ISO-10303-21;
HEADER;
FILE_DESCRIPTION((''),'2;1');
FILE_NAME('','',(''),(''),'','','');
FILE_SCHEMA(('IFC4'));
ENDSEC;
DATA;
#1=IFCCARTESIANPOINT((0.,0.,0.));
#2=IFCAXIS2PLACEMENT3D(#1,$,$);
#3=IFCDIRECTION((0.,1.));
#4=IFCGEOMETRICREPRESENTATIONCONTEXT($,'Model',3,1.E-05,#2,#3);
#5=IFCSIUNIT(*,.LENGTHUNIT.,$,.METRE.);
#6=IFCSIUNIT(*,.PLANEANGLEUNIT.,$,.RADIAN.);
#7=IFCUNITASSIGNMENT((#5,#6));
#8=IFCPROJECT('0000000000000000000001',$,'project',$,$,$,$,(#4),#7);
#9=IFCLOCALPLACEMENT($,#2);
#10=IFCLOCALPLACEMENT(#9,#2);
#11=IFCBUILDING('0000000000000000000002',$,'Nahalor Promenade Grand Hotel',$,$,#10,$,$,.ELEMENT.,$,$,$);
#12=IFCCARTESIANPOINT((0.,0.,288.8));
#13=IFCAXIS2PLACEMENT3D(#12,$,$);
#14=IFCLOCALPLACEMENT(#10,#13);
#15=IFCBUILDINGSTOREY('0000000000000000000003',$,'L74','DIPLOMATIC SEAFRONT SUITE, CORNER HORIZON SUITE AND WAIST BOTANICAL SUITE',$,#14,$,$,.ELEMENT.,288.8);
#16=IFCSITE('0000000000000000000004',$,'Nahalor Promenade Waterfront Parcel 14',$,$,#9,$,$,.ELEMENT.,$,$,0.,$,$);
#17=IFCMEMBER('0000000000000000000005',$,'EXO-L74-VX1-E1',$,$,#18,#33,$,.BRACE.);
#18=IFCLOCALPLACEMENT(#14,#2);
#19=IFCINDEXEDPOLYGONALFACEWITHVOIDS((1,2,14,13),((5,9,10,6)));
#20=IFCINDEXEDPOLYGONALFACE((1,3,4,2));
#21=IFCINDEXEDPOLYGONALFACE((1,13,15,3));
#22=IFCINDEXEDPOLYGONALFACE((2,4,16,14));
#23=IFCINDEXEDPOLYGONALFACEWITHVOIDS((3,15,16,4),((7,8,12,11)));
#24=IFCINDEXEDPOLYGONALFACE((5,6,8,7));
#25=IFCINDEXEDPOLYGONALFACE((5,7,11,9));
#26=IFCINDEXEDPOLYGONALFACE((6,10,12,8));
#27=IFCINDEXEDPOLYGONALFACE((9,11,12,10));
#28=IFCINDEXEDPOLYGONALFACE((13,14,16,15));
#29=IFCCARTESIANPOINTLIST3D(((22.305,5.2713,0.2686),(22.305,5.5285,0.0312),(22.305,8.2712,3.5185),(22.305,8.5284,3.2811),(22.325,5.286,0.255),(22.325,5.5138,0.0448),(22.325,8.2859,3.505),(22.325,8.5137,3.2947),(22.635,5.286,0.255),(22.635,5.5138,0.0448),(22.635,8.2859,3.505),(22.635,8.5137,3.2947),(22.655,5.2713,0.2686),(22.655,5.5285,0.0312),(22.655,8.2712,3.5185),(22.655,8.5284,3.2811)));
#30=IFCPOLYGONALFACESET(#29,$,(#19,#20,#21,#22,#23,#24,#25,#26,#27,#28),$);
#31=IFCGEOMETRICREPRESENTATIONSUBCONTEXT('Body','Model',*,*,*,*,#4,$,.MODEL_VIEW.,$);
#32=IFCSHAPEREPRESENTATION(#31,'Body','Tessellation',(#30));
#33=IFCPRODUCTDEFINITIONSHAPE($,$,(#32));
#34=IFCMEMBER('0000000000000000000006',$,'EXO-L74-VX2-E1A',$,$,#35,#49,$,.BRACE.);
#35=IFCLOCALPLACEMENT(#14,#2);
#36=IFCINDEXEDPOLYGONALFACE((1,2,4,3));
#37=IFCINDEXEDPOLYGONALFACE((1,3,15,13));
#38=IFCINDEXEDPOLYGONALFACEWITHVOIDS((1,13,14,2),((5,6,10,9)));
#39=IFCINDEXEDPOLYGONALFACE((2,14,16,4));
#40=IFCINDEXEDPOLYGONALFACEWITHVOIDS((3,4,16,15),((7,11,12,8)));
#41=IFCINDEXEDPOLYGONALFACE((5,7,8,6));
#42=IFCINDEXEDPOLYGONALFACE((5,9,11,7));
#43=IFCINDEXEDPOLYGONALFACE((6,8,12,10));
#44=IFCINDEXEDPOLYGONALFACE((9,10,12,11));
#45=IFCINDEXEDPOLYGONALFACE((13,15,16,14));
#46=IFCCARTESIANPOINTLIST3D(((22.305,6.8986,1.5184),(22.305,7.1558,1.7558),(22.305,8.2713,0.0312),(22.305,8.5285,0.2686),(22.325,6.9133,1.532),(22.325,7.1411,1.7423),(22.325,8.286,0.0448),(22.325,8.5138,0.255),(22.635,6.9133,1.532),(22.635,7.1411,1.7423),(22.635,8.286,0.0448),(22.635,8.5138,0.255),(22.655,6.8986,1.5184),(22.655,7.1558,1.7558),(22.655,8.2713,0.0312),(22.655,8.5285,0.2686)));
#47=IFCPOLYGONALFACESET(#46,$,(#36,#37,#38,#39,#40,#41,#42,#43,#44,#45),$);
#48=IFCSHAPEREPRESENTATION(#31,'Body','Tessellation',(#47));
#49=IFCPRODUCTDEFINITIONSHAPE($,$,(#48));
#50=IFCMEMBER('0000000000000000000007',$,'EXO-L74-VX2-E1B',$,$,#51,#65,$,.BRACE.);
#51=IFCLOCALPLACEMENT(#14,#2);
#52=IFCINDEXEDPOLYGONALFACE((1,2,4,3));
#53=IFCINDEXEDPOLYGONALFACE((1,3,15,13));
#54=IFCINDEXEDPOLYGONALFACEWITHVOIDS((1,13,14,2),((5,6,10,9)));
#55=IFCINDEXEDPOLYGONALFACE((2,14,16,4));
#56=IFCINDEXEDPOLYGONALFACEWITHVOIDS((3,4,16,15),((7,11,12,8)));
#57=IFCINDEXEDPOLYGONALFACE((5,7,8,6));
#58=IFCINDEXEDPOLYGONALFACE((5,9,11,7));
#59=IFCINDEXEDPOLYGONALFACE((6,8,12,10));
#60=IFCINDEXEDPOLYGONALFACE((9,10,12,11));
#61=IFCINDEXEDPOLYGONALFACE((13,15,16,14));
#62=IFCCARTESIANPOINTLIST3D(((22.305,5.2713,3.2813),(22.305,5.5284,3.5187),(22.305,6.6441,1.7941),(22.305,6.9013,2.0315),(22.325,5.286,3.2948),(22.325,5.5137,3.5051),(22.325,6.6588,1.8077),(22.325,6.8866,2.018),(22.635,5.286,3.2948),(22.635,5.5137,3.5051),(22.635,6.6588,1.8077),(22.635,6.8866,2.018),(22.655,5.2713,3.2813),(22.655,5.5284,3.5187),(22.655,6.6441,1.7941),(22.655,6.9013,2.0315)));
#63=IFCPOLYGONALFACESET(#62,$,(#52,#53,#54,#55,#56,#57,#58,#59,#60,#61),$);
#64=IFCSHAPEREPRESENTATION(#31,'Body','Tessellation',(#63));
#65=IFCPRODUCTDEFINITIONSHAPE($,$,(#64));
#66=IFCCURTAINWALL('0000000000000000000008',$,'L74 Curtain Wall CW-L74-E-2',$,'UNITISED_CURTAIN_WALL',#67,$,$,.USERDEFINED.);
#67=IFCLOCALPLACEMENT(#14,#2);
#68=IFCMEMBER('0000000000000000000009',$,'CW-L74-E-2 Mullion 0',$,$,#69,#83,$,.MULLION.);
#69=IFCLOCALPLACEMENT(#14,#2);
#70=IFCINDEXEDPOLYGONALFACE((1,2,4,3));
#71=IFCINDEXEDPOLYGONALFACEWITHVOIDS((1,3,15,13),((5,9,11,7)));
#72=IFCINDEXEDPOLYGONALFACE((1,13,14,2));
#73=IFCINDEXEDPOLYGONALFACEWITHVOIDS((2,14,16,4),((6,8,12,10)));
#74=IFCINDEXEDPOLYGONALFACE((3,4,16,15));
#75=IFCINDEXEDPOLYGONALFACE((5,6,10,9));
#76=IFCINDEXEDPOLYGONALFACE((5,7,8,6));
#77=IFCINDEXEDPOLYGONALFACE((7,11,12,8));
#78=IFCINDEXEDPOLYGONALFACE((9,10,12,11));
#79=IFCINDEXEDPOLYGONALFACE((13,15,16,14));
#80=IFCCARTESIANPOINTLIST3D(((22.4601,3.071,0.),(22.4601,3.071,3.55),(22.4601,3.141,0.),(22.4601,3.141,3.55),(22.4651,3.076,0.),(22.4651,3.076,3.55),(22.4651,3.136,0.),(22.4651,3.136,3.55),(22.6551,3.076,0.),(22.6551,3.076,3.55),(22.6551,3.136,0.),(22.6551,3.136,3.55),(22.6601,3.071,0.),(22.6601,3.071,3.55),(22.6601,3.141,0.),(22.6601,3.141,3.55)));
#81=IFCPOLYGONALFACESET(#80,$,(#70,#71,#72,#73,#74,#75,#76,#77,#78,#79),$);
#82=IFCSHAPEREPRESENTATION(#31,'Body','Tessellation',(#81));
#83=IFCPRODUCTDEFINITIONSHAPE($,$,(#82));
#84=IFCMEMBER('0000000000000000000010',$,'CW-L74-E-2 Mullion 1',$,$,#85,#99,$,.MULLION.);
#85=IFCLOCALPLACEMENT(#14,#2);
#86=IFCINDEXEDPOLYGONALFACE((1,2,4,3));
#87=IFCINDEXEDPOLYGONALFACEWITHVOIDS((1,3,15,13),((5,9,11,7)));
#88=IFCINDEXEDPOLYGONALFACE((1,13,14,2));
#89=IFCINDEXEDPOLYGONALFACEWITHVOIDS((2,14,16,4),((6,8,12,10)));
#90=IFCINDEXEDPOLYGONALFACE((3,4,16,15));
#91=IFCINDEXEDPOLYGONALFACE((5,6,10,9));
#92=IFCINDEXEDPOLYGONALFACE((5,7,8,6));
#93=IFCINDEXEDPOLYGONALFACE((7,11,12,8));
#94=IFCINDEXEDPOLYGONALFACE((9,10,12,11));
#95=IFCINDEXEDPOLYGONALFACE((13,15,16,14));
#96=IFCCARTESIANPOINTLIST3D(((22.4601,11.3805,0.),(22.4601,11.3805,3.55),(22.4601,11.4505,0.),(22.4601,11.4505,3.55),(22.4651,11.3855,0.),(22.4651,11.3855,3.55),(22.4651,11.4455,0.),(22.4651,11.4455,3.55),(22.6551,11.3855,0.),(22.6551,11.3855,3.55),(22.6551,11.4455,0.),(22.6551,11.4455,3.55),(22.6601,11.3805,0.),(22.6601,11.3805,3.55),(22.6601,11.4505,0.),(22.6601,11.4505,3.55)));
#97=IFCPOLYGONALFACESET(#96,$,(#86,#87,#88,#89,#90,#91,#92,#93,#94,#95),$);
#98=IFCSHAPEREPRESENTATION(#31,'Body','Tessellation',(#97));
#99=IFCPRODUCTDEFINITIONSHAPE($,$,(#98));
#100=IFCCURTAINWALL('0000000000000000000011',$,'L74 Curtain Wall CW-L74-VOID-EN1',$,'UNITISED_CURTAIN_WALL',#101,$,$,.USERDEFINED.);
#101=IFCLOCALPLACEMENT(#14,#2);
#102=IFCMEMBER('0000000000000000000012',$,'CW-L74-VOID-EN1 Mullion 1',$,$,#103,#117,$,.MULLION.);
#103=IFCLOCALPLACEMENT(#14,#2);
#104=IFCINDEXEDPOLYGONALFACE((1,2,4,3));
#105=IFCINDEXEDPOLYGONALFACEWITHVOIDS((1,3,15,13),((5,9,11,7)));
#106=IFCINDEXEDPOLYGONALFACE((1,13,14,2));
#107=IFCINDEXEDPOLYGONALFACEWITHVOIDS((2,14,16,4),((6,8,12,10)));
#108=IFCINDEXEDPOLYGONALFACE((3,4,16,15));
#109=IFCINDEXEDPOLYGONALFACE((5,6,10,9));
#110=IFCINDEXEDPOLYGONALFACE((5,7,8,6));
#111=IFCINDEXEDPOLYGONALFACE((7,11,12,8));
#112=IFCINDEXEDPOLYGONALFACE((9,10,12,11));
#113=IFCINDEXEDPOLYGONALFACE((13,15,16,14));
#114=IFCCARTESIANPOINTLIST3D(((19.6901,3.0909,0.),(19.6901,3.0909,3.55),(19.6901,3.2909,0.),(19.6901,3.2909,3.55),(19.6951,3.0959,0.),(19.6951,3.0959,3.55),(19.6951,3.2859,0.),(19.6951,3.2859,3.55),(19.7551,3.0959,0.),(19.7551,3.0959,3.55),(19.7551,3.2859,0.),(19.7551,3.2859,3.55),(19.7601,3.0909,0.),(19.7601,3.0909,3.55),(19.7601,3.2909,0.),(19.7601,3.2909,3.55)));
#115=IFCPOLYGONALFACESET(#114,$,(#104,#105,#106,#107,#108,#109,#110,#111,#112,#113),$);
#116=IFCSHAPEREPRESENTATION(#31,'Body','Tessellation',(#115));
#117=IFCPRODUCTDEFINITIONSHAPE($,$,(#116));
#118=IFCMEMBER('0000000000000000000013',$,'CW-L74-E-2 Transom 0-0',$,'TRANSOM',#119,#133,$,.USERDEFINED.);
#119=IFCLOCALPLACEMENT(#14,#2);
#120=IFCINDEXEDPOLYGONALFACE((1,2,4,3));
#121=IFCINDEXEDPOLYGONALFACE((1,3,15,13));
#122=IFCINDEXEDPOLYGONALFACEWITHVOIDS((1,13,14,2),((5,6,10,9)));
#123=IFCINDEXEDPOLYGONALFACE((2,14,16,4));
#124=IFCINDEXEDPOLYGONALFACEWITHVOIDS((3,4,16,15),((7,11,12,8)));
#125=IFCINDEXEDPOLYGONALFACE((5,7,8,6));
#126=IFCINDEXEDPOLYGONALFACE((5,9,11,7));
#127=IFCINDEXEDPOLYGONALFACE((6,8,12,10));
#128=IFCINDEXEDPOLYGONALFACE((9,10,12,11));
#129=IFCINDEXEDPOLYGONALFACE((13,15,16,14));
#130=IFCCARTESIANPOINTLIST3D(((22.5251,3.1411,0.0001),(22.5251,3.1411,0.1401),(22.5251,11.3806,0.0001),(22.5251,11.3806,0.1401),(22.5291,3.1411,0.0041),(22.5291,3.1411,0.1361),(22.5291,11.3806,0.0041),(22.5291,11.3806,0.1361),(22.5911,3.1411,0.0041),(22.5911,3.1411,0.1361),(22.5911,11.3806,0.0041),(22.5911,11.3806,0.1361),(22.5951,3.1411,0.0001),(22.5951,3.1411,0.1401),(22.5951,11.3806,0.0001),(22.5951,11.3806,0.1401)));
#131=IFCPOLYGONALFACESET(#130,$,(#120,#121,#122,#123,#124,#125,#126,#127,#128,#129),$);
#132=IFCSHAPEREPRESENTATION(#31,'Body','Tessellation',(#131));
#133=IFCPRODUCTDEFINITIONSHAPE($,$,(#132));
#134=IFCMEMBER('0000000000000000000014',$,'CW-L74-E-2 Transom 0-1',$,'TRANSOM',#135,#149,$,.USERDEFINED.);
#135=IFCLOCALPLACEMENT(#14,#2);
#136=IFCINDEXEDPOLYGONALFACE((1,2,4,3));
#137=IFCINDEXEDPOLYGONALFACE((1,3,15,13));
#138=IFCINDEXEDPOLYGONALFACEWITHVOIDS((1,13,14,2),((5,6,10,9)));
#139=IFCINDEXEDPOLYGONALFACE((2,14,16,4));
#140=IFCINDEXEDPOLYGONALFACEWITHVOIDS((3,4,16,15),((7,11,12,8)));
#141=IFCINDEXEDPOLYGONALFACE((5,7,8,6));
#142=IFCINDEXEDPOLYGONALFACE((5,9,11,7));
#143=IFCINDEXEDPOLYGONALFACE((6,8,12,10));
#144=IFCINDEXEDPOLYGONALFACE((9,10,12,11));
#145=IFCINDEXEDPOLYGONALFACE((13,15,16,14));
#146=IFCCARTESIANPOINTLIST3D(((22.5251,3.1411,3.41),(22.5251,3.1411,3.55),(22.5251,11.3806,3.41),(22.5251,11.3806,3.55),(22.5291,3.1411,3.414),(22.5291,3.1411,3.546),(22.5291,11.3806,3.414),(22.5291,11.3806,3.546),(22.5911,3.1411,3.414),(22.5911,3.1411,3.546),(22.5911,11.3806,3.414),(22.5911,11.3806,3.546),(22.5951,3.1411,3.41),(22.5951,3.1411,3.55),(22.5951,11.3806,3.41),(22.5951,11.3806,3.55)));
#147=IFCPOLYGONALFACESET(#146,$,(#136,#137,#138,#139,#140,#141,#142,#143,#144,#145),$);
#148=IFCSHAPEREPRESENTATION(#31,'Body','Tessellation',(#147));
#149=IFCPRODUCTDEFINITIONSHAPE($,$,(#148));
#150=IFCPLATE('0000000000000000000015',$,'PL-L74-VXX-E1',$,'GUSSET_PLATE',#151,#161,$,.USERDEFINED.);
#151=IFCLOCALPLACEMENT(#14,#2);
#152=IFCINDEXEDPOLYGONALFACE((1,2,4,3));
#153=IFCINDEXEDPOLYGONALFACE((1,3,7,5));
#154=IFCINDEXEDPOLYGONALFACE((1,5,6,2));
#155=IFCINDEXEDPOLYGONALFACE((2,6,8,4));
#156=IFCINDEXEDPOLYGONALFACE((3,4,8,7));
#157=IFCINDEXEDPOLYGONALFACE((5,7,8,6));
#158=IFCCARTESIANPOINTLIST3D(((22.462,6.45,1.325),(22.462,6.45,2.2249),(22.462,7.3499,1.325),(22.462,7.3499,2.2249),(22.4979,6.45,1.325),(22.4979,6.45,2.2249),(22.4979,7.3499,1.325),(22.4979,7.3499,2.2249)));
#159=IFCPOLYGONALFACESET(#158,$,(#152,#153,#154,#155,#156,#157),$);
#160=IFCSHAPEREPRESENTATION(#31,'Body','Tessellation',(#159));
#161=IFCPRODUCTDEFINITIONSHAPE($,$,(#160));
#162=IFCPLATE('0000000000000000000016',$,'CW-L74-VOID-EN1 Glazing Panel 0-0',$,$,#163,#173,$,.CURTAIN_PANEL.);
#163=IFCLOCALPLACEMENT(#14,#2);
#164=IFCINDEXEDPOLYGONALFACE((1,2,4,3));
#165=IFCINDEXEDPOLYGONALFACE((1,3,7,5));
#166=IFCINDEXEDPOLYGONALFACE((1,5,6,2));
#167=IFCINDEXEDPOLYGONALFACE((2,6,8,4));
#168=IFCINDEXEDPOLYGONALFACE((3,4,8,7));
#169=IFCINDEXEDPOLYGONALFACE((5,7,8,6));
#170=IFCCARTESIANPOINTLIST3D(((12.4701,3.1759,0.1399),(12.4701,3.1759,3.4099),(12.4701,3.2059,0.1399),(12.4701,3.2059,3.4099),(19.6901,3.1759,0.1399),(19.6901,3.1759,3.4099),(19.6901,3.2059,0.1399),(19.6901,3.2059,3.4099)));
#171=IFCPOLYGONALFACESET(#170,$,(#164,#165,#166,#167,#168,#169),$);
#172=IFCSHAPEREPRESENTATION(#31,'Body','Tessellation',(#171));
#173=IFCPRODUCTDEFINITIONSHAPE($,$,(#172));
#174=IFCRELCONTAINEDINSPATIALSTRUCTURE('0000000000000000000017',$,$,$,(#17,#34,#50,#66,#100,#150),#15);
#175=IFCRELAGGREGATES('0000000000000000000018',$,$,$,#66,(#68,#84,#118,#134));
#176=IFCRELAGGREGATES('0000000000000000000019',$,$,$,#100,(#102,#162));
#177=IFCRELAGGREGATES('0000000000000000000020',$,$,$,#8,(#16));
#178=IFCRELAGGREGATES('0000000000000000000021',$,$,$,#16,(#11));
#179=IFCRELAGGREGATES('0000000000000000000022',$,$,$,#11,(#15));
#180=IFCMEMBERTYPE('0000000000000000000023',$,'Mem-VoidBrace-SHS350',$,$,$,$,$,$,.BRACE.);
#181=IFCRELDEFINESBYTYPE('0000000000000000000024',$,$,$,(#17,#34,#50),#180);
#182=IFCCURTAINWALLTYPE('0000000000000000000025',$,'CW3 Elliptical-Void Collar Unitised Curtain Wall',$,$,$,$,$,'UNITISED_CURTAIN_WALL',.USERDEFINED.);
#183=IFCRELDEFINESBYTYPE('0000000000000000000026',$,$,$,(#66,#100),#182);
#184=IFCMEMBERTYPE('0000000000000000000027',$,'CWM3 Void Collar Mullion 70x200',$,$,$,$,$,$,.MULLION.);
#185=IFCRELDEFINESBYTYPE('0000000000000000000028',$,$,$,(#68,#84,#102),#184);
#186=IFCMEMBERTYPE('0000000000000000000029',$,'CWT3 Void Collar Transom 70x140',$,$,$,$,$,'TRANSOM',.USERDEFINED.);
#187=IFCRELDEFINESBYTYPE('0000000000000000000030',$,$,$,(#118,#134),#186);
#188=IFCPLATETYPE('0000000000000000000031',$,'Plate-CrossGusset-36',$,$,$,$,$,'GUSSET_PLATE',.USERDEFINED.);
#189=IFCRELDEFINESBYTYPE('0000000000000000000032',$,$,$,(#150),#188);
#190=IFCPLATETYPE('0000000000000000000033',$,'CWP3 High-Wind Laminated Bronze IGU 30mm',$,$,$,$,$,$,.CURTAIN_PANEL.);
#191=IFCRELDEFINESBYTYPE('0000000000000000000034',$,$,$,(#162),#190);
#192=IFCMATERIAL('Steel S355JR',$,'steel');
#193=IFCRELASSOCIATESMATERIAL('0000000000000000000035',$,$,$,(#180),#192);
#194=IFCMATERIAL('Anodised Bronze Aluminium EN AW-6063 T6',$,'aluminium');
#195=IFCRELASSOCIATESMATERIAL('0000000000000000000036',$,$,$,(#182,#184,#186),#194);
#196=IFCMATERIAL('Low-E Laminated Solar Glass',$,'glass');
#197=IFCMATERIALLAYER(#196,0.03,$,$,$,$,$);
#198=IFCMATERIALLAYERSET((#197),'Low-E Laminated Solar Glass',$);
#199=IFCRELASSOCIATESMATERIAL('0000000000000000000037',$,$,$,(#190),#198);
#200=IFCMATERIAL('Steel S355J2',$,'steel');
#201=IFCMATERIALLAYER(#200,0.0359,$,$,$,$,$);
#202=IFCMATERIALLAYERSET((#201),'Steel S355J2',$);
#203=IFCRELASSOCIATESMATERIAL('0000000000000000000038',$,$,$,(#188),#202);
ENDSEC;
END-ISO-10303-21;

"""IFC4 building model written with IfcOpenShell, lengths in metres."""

from ifc_helpers import new_model, si_unit, direction, frame, origin, origin_2d, place, context, subcontext, project, spatial, rectangle, hollow_rectangle, extrude, source, transform, mapped, material, layer, layer_set, material_profile, profile_set, type_object, element, aggregate, save


model = new_model("IFC4")

# Units and contexts
model_context = context("Model", 3, precision=1e-05, world=origin(), true_north=direction((0.0, 1.0)))
body_context = subcontext(model_context, "Body", "Model", "MODEL_VIEW")
ifc_project = project(units=[si_unit("LENGTHUNIT", "METRE"), si_unit("PLANEANGLEUNIT", "RADIAN")], contexts=[model_context])

# Site, building, storey
site_placement = place(None, origin())
site = spatial("IfcSite", under=ifc_project, at=site_placement, Name="Nahalor Promenade Waterfront Parcel 14", CompositionType="ELEMENT", RefElevation=0.0)
building_placement = place(site_placement, origin())
building = spatial("IfcBuilding", under=site, at=building_placement, Name="Nahalor Promenade Grand Hotel", CompositionType="ELEMENT")
storey_placement = place(building_placement, frame((0.0, 0.0, 288.8)))
storey = spatial("IfcBuildingStorey", under=building, at=storey_placement, Name="L74", Description="DIPLOMATIC SEAFRONT SUITE, CORNER HORIZON SUITE AND WAIST BOTANICAL SUITE", CompositionType="ELEMENT", Elevation=288.8)

# Shared definitions
ifc_material_1 = material(Name="Steel S355JR", Category="steel")

# Members
ifc_material_profile_1 = material_profile(ifc_material_1, hollow_rectangle(XDim=0.35, YDim=0.35, WallThickness=0.02, at=origin_2d()), Name="SHS 350x350x20")
ifc_profile_set_1 = profile_set([ifc_material_profile_1], Name="Steel S355JR")
member_type_1 = type_object("IfcMemberType", Name="Mem-VoidBrace-SHS350", PredefinedType="BRACE", material=ifc_profile_set_1)
shared_shape_1 = source(origin(), body_context, "Body", "SweptSolid", [
    extrude(hollow_rectangle(XDim=0.35, YDim=0.35, WallThickness=0.02, at=origin_2d()), origin(), (0.0, 0.0, 1.0), 4.4229),
])
member_1_placement = place(storey_placement, frame((22.48, 5.3999, 0.1499), z_axis=(0.0, 0.67828, 0.734803), x_axis=(-1.0, 0.0, 0.0)))
element("IfcMember", 1, at=member_1_placement, inside=storey, type_object=member_type_1, Name="EXO-L74-VX1-E1", PredefinedType="BRACE", context=body_context, shape_type="MappedRepresentation", body=[
    mapped(shared_shape_1, transform((0.0, 0.0, 0.0), scale=1.0)),
])
shared_shape_2 = source(origin(), body_context, "Body", "SweptSolid", [
    extrude(hollow_rectangle(XDim=0.35, YDim=0.35, WallThickness=0.02, at=origin_2d()), origin(), (0.0, 0.0, 1.0), 2.0239),
])
for number, where, z_axis, x_axis, name in (
    (2, (22.48, 8.3999, 0.1499), (0.0, -0.678255, 0.734827), (1.0, 0.0, 0.0), "EXO-L74-VX2-E1A"),
    (3, (22.48, 6.7727, 1.9128), (0.0, -0.678315, 0.734771), (1.0, 0.0, 0.0), "EXO-L74-VX2-E1B"),
):
    element("IfcMember", number, at=place(storey_placement, frame(where, z_axis=z_axis, x_axis=x_axis)), inside=storey, type_object=member_type_1, Name=name, PredefinedType="BRACE", context=body_context, shape_type="MappedRepresentation", body=[
        mapped(shared_shape_2, transform((0.0, 0.0, 0.0), scale=1.0)),
    ])

# Curtain wall, members
ifc_material_2 = material(Name="Anodised Bronze Aluminium EN AW-6063 T6", Category="aluminium")
curtain_wall_type = type_object("IfcCurtainWallType", Name="CW3 Elliptical-Void Collar Unitised Curtain Wall", ElementType="UNITISED_CURTAIN_WALL", PredefinedType="USERDEFINED", material=ifc_material_2)
curtain_wall_1_placement = place(storey_placement, origin())
curtain_wall_1 = element("IfcCurtainWall", 4, at=curtain_wall_1_placement, inside=storey, type_object=curtain_wall_type, Name="L74 Curtain Wall CW-L74-E-2", ObjectType="UNITISED_CURTAIN_WALL", PredefinedType="USERDEFINED")
ifc_material_profile_2 = material_profile(ifc_material_2, hollow_rectangle(XDim=0.07, YDim=0.2, WallThickness=0.005, at=origin_2d()), Name="CWM 70x200x5")
ifc_profile_set_2 = profile_set([ifc_material_profile_2], Name="Anodised Bronze Aluminium EN AW-6063 T6")
member_type_2 = type_object("IfcMemberType", Name="CWM3 Void Collar Mullion 70x200", PredefinedType="MULLION", material=ifc_profile_set_2)
shared_shape_3 = source(origin(), body_context, "Body", "SweptSolid", [
    extrude(hollow_rectangle(XDim=0.07, YDim=0.2, WallThickness=0.005, at=origin_2d()), origin(), (0.0, 0.0, 1.0), 3.55),
])
member_2_placement = place(storey_placement, frame((22.5601, 3.106, 0.0), z_axis=(0.0, 0.0, 1.0), x_axis=(0.0, 1.0, 0.0)))
member_2 = element("IfcMember", 5, at=member_2_placement, type_object=member_type_2, Name="CW-L74-E-2 Mullion 0", PredefinedType="MULLION", context=body_context, shape_type="MappedRepresentation", body=[
    mapped(shared_shape_3, transform((0.0, 0.0, 0.0), scale=1.0)),
])
member_3_placement = place(storey_placement, frame((22.5601, 11.4155, 0.0), z_axis=(0.0, 0.0, 1.0), x_axis=(0.0, 1.0, 0.0)))
member_3 = element("IfcMember", 6, at=member_3_placement, type_object=member_type_2, Name="CW-L74-E-2 Mullion 1", PredefinedType="MULLION", context=body_context, shape_type="MappedRepresentation", body=[
    mapped(shared_shape_3, transform((0.0, 0.0, 0.0), scale=1.0)),
])

# Curtain wall, member
curtain_wall_2_placement = place(storey_placement, origin())
curtain_wall_2 = element("IfcCurtainWall", 7, at=curtain_wall_2_placement, inside=storey, type_object=curtain_wall_type, Name="L74 Curtain Wall CW-L74-VOID-EN1", ObjectType="UNITISED_CURTAIN_WALL", PredefinedType="USERDEFINED")
member_4_placement = place(storey_placement, frame((19.7251, 3.1909, 0.0), z_axis=(0.0, 0.0, 1.0), x_axis=(1.0, 0.0, 0.0)))
member_4 = element("IfcMember", 8, at=member_4_placement, type_object=member_type_2, Name="CW-L74-VOID-EN1 Mullion 1", PredefinedType="MULLION", context=body_context, shape_type="MappedRepresentation", body=[
    mapped(shared_shape_3, transform((0.0, 0.0, 0.0), scale=1.0)),
])

# Members
ifc_material_profile_3 = material_profile(ifc_material_2, hollow_rectangle(XDim=0.07, YDim=0.14, WallThickness=0.004, at=origin_2d()), Name="CWT 70x140x4")
ifc_profile_set_3 = profile_set([ifc_material_profile_3], Name="Anodised Bronze Aluminium EN AW-6063 T6")
member_type_3 = type_object("IfcMemberType", Name="CWT3 Void Collar Transom 70x140", ElementType="TRANSOM", PredefinedType="USERDEFINED", material=ifc_profile_set_3)
shared_shape_4 = source(origin(), body_context, "Body", "SweptSolid", [
    extrude(hollow_rectangle(XDim=0.07, YDim=0.14, WallThickness=0.004, at=origin_2d()), origin(), (0.0, 0.0, 1.0), 8.2395),
])
member_5_placement = place(storey_placement, frame((22.5601, 3.1411, 0.0701), z_axis=(0.0, 1.0, 0.0), x_axis=(-1.0, 0.0, 0.0)))
member_5 = element("IfcMember", 9, at=member_5_placement, type_object=member_type_3, Name="CW-L74-E-2 Transom 0-0", ObjectType="TRANSOM", PredefinedType="USERDEFINED", context=body_context, shape_type="MappedRepresentation", body=[
    mapped(shared_shape_4, transform((0.0, 0.0, 0.0), scale=1.0)),
])
member_6_placement = place(storey_placement, frame((22.5601, 3.1411, 3.48), z_axis=(0.0, 1.0, 0.0), x_axis=(-1.0, 0.0, 0.0)))
member_6 = element("IfcMember", 10, at=member_6_placement, type_object=member_type_3, Name="CW-L74-E-2 Transom 0-1", ObjectType="TRANSOM", PredefinedType="USERDEFINED", context=body_context, shape_type="MappedRepresentation", body=[
    mapped(shared_shape_4, transform((0.0, 0.0, 0.0), scale=1.0)),
])

# Plates
ifc_material_3 = material(Name="Low-E Laminated Solar Glass", Category="glass")
ifc_layer_1 = layer(ifc_material_3, 0.03)
ifc_layer_set_1 = layer_set([ifc_layer_1], Name="Low-E Laminated Solar Glass")
plate_type_1 = type_object("IfcPlateType", Name="CWP3 High-Wind Laminated Bronze IGU 30mm", PredefinedType="CURTAIN_PANEL", material=ifc_layer_set_1)
aggregate(curtain_wall_1, [member_2, member_3, member_5, member_6])
ifc_material_4 = material(Name="Steel S355J2", Category="steel")
ifc_layer_2 = layer(ifc_material_4, 0.0359)
ifc_layer_set_2 = layer_set([ifc_layer_2], Name="Steel S355J2")
plate_type_2 = type_object("IfcPlateType", Name="Plate-CrossGusset-36", ElementType="GUSSET_PLATE", PredefinedType="USERDEFINED", material=ifc_layer_set_2)
shared_shape_5 = source(origin(), body_context, "Body", "SweptSolid", [
    extrude(rectangle(XDim=0.8999, YDim=0.0359, at=origin_2d()), origin(), (0.0, 0.0, 1.0), 0.8999),
])
plate_1_placement = place(storey_placement, frame((22.48, 6.8999, 1.325), z_axis=(0.0, 0.0, 1.0), x_axis=(0.0, 1.0, 0.0)))
element("IfcPlate", 11, at=plate_1_placement, inside=storey, type_object=plate_type_2, Name="PL-L74-VXX-E1", ObjectType="GUSSET_PLATE", PredefinedType="USERDEFINED", context=body_context, shape_type="MappedRepresentation", body=[
    mapped(shared_shape_5, transform((0.0, 0.0, 0.0), scale=1.0)),
])
shared_shape_6 = source(origin(), body_context, "Body", "SweptSolid", [
    extrude(rectangle(XDim=7.22, YDim=0.03, at=origin_2d()), origin(), (0.0, 0.0, 1.0), 3.27),
])
plate_2_placement = place(storey_placement, frame((16.0801, 3.1909, 0.1399), z_axis=(0.0, 0.0, 1.0), x_axis=(1.0, 0.0, 0.0)))
plate_2 = element("IfcPlate", 12, at=plate_2_placement, type_object=plate_type_1, Name="CW-L74-VOID-EN1 Glazing Panel 0-0", PredefinedType="CURTAIN_PANEL", context=body_context, shape_type="MappedRepresentation", body=[
    mapped(shared_shape_6, transform((0.0, 0.0, 0.0), scale=1.0)),
])
aggregate(curtain_wall_2, [member_4, plate_2])

save(model, "model.ifc")
